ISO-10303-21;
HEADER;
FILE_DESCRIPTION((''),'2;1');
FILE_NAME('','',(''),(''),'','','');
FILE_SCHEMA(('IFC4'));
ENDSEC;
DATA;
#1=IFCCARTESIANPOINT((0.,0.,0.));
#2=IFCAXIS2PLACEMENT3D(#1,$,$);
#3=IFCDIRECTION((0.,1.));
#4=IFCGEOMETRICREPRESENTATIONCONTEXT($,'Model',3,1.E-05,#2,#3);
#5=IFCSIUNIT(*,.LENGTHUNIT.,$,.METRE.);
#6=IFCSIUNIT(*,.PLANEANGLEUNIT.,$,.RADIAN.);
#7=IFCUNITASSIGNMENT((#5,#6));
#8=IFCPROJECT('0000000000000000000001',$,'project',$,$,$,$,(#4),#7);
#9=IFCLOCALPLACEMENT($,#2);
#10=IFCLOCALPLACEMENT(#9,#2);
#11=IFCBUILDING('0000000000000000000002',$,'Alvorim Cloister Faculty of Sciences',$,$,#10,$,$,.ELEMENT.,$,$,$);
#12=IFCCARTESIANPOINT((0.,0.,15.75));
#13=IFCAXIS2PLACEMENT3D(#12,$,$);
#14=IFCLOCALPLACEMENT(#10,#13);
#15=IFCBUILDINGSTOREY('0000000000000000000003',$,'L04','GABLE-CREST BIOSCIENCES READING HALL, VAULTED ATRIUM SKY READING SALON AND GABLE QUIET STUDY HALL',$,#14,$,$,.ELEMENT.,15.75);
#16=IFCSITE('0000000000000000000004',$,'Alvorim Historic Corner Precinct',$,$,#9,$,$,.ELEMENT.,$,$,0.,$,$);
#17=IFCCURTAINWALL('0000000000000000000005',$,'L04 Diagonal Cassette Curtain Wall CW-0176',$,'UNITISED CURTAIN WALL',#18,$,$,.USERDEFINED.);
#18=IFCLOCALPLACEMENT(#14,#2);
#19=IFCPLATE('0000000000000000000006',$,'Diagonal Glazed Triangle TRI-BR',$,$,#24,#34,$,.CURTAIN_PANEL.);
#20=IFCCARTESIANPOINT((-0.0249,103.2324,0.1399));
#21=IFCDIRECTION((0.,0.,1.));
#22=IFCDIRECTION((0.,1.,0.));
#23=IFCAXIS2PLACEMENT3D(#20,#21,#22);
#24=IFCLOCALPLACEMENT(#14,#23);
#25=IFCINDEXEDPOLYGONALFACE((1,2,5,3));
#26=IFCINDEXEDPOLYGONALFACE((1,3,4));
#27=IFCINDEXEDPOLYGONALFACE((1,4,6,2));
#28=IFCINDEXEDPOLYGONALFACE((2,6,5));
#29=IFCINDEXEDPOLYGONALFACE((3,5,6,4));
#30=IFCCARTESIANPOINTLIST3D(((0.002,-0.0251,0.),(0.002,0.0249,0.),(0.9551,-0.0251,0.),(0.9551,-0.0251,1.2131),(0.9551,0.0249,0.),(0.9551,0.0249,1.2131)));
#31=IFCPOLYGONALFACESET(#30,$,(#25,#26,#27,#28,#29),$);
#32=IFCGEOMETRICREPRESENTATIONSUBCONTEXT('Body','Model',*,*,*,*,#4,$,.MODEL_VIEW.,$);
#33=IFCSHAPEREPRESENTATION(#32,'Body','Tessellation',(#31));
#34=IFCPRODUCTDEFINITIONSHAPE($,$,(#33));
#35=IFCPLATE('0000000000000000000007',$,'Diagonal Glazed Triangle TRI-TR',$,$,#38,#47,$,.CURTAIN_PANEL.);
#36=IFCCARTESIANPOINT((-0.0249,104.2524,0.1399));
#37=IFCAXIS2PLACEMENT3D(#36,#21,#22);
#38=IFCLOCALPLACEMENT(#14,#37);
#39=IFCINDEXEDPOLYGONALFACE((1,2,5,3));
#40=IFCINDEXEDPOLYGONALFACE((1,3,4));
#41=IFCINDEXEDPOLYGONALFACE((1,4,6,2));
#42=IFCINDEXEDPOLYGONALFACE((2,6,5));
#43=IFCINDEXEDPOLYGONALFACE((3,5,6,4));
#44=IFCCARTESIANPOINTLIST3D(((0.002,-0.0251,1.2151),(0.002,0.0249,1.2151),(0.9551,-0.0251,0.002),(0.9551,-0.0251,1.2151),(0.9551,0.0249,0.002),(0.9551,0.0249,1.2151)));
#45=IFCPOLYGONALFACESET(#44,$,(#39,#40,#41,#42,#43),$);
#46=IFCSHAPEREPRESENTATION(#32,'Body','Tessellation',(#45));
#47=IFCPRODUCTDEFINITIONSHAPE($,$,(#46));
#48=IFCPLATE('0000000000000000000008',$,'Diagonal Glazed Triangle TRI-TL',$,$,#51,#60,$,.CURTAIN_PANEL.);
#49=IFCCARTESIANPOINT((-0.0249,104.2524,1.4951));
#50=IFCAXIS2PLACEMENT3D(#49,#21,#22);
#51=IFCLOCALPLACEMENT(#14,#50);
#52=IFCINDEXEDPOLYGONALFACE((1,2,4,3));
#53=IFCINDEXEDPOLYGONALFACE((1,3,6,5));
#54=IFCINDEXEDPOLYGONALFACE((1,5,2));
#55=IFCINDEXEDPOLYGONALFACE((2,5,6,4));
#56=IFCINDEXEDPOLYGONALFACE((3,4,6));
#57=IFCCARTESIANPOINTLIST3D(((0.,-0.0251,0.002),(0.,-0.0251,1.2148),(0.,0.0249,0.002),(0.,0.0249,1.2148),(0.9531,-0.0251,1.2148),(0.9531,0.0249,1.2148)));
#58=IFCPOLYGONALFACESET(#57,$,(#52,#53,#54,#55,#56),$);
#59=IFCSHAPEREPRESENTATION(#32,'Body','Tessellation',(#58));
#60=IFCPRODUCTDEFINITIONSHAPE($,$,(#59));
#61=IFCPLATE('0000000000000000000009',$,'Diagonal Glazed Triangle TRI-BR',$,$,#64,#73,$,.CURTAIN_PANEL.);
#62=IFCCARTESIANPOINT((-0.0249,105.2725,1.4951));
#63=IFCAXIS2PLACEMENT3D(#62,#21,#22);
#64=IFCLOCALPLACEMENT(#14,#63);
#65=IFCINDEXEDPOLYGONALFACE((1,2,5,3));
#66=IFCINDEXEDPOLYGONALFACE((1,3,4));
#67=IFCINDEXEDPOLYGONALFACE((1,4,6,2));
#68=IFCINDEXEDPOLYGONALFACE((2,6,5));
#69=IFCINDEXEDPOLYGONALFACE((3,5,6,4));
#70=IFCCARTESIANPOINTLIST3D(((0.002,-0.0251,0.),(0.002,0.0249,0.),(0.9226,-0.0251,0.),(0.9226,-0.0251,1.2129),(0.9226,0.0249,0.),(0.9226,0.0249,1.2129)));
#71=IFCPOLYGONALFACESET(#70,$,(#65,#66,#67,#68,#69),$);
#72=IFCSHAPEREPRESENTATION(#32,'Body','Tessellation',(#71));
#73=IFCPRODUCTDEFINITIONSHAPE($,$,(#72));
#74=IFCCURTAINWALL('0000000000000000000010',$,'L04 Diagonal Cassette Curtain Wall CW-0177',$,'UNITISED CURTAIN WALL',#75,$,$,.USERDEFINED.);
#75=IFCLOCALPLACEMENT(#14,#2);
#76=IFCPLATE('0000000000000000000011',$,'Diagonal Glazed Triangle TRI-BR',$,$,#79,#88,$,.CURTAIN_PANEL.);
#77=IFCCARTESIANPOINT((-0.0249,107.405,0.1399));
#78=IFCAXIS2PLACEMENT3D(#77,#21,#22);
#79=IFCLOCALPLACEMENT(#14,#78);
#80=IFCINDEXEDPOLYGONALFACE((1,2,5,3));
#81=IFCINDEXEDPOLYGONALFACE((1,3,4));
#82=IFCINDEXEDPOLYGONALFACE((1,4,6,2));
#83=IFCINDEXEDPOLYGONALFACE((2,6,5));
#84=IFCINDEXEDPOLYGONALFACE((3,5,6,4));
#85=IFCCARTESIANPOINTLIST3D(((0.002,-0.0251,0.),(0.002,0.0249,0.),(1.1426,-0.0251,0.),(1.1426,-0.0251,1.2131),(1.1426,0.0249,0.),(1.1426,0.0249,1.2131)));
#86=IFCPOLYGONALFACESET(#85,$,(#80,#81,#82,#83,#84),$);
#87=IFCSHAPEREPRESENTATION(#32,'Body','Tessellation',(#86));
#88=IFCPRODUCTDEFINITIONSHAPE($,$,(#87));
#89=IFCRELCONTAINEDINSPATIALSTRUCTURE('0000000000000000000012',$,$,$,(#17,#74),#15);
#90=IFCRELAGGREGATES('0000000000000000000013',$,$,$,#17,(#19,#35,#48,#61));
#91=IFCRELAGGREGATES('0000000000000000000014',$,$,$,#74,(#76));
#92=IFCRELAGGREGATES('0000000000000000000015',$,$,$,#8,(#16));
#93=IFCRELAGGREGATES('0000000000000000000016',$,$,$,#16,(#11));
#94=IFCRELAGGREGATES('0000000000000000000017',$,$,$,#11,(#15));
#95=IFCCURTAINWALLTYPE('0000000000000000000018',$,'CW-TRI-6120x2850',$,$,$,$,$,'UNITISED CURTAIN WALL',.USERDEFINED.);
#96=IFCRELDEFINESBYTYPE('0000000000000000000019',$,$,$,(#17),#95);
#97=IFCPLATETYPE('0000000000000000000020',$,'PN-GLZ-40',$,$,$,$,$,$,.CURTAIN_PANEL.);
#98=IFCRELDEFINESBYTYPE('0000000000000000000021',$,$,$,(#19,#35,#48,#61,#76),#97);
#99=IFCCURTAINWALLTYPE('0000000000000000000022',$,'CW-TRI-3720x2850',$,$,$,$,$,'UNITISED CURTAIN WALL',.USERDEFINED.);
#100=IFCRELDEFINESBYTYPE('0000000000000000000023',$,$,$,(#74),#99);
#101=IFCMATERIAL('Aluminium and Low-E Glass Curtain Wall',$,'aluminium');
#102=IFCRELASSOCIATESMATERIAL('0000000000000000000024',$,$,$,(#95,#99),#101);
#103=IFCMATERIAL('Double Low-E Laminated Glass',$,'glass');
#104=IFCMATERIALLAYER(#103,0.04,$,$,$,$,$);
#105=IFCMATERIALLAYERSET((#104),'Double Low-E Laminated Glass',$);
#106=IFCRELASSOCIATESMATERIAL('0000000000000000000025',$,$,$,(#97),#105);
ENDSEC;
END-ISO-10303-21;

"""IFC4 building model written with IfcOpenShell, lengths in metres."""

from ifc_helpers import new_model, si_unit, direction, frame, origin, place, context, subcontext, project, spatial, polyline, outline, extrude, material, layer, layer_set, type_object, element, aggregate, save


model = new_model("IFC4")

# Units and contexts
model_context = context("Model", 3, precision=1e-05, world=origin(), true_north=direction((0.0, 1.0)))
body_context = subcontext(model_context, "Body", "Model", "MODEL_VIEW")
ifc_project = project(units=[si_unit("LENGTHUNIT", "METRE"), si_unit("PLANEANGLEUNIT", "RADIAN")], contexts=[model_context])

# Site, building, storey
site_placement = place(None, origin())
site = spatial("IfcSite", under=ifc_project, at=site_placement, Name="Alvorim Historic Corner Precinct", CompositionType="ELEMENT", RefElevation=0.0)
building_placement = place(site_placement, origin())
building = spatial("IfcBuilding", under=site, at=building_placement, Name="Alvorim Cloister Faculty of Sciences", CompositionType="ELEMENT")
storey_placement = place(building_placement, frame((0.0, 0.0, 15.75)))
storey = spatial("IfcBuildingStorey", under=building, at=storey_placement, Name="L04", Description="GABLE-CREST BIOSCIENCES READING HALL, VAULTED ATRIUM SKY READING SALON AND GABLE QUIET STUDY HALL", CompositionType="ELEMENT", Elevation=15.75)

# Curtain wall, plates
ifc_material_1 = material(Name="Aluminium and Low-E Glass Curtain Wall", Category="aluminium")
curtain_wall_type_1 = type_object("IfcCurtainWallType", Name="CW-TRI-6120x2850", ElementType="UNITISED CURTAIN WALL", PredefinedType="USERDEFINED", material=ifc_material_1)
curtain_wall_1_placement = place(storey_placement, origin())
curtain_wall_1 = element("IfcCurtainWall", 1, at=curtain_wall_1_placement, inside=storey, type_object=curtain_wall_type_1, Name="L04 Diagonal Cassette Curtain Wall CW-0176", ObjectType="UNITISED CURTAIN WALL", PredefinedType="USERDEFINED")
ifc_material_2 = material(Name="Double Low-E Laminated Glass", Category="glass")
ifc_layer_1 = layer(ifc_material_2, 0.04)
ifc_layer_set_1 = layer_set([ifc_layer_1], Name="Double Low-E Laminated Glass")
plate_type = type_object("IfcPlateType", Name="PN-GLZ-40", PredefinedType="CURTAIN_PANEL", material=ifc_layer_set_1)
plate_1_placement = place(storey_placement, frame((-0.0249, 103.2324, 0.1399), z_axis=(0.0, 0.0, 1.0), x_axis=(0.0, 1.0, 0.0)))
plate_1 = element("IfcPlate", 2, at=plate_1_placement, type_object=plate_type, Name="Diagonal Glazed Triangle TRI-BR", PredefinedType="CURTAIN_PANEL", context=body_context, shape_type="SweptSolid", body=[
    extrude(outline(polyline([(0.002, 0.0), (0.9551, 0.0), (0.9551, 1.2131), (0.002, 0.0)])), frame((0.0, 0.0249, 0.0), z_axis=(0.0, -1.0, 0.0), x_axis=(1.0, 0.0, 0.0)), (0.0, 0.0, 1.0), 0.05),
])
plate_2_placement = place(storey_placement, frame((-0.0249, 104.2524, 0.1399), z_axis=(0.0, 0.0, 1.0), x_axis=(0.0, 1.0, 0.0)))
plate_2 = element("IfcPlate", 3, at=plate_2_placement, type_object=plate_type, Name="Diagonal Glazed Triangle TRI-TR", PredefinedType="CURTAIN_PANEL", context=body_context, shape_type="SweptSolid", body=[
    extrude(outline(polyline([(0.9551, 0.002), (0.9551, 1.2151), (0.002, 1.2151), (0.9551, 0.002)])), frame((0.0, 0.0249, 0.0), z_axis=(0.0, -1.0, 0.0), x_axis=(1.0, 0.0, 0.0)), (0.0, 0.0, 1.0), 0.05),
])
plate_3_placement = place(storey_placement, frame((-0.0249, 104.2524, 1.4951), z_axis=(0.0, 0.0, 1.0), x_axis=(0.0, 1.0, 0.0)))
plate_3 = element("IfcPlate", 4, at=plate_3_placement, type_object=plate_type, Name="Diagonal Glazed Triangle TRI-TL", PredefinedType="CURTAIN_PANEL", context=body_context, shape_type="SweptSolid", body=[
    extrude(outline(polyline([(0.9531, 1.2148), (0.0, 1.2148), (0.0, 0.002), (0.9531, 1.2148)])), frame((0.0, 0.0249, 0.0), z_axis=(0.0, -1.0, 0.0), x_axis=(1.0, 0.0, 0.0)), (0.0, 0.0, 1.0), 0.05),
])
plate_4_placement = place(storey_placement, frame((-0.0249, 105.2725, 1.4951), z_axis=(0.0, 0.0, 1.0), x_axis=(0.0, 1.0, 0.0)))
plate_4 = element("IfcPlate", 5, at=plate_4_placement, type_object=plate_type, Name="Diagonal Glazed Triangle TRI-BR", PredefinedType="CURTAIN_PANEL", context=body_context, shape_type="SweptSolid", body=[
    extrude(outline(polyline([(0.002, 0.0), (0.9226, 0.0), (0.9226, 1.2129), (0.002, 0.0)])), frame((0.0, 0.0249, 0.0), z_axis=(0.0, -1.0, 0.0), x_axis=(1.0, 0.0, 0.0)), (0.0, 0.0, 1.0), 0.05),
])
aggregate(curtain_wall_1, [plate_1, plate_2, plate_3, plate_4])

# Curtain wall, plate
curtain_wall_type_2 = type_object("IfcCurtainWallType", Name="CW-TRI-3720x2850", ElementType="UNITISED CURTAIN WALL", PredefinedType="USERDEFINED", material=ifc_material_1)
curtain_wall_2_placement = place(storey_placement, origin())
curtain_wall_2 = element("IfcCurtainWall", 6, at=curtain_wall_2_placement, inside=storey, type_object=curtain_wall_type_2, Name="L04 Diagonal Cassette Curtain Wall CW-0177", ObjectType="UNITISED CURTAIN WALL", PredefinedType="USERDEFINED")
plate_5_placement = place(storey_placement, frame((-0.0249, 107.405, 0.1399), z_axis=(0.0, 0.0, 1.0), x_axis=(0.0, 1.0, 0.0)))
plate_5 = element("IfcPlate", 7, at=plate_5_placement, type_object=plate_type, Name="Diagonal Glazed Triangle TRI-BR", PredefinedType="CURTAIN_PANEL", context=body_context, shape_type="SweptSolid", body=[
    extrude(outline(polyline([(0.002, 0.0), (1.1426, 0.0), (1.1426, 1.2131), (0.002, 0.0)])), frame((0.0, 0.0249, 0.0), z_axis=(0.0, -1.0, 0.0), x_axis=(1.0, 0.0, 0.0)), (0.0, 0.0, 1.0), 0.05),
])
aggregate(curtain_wall_2, [plate_5])

save(model, "model.ifc")
